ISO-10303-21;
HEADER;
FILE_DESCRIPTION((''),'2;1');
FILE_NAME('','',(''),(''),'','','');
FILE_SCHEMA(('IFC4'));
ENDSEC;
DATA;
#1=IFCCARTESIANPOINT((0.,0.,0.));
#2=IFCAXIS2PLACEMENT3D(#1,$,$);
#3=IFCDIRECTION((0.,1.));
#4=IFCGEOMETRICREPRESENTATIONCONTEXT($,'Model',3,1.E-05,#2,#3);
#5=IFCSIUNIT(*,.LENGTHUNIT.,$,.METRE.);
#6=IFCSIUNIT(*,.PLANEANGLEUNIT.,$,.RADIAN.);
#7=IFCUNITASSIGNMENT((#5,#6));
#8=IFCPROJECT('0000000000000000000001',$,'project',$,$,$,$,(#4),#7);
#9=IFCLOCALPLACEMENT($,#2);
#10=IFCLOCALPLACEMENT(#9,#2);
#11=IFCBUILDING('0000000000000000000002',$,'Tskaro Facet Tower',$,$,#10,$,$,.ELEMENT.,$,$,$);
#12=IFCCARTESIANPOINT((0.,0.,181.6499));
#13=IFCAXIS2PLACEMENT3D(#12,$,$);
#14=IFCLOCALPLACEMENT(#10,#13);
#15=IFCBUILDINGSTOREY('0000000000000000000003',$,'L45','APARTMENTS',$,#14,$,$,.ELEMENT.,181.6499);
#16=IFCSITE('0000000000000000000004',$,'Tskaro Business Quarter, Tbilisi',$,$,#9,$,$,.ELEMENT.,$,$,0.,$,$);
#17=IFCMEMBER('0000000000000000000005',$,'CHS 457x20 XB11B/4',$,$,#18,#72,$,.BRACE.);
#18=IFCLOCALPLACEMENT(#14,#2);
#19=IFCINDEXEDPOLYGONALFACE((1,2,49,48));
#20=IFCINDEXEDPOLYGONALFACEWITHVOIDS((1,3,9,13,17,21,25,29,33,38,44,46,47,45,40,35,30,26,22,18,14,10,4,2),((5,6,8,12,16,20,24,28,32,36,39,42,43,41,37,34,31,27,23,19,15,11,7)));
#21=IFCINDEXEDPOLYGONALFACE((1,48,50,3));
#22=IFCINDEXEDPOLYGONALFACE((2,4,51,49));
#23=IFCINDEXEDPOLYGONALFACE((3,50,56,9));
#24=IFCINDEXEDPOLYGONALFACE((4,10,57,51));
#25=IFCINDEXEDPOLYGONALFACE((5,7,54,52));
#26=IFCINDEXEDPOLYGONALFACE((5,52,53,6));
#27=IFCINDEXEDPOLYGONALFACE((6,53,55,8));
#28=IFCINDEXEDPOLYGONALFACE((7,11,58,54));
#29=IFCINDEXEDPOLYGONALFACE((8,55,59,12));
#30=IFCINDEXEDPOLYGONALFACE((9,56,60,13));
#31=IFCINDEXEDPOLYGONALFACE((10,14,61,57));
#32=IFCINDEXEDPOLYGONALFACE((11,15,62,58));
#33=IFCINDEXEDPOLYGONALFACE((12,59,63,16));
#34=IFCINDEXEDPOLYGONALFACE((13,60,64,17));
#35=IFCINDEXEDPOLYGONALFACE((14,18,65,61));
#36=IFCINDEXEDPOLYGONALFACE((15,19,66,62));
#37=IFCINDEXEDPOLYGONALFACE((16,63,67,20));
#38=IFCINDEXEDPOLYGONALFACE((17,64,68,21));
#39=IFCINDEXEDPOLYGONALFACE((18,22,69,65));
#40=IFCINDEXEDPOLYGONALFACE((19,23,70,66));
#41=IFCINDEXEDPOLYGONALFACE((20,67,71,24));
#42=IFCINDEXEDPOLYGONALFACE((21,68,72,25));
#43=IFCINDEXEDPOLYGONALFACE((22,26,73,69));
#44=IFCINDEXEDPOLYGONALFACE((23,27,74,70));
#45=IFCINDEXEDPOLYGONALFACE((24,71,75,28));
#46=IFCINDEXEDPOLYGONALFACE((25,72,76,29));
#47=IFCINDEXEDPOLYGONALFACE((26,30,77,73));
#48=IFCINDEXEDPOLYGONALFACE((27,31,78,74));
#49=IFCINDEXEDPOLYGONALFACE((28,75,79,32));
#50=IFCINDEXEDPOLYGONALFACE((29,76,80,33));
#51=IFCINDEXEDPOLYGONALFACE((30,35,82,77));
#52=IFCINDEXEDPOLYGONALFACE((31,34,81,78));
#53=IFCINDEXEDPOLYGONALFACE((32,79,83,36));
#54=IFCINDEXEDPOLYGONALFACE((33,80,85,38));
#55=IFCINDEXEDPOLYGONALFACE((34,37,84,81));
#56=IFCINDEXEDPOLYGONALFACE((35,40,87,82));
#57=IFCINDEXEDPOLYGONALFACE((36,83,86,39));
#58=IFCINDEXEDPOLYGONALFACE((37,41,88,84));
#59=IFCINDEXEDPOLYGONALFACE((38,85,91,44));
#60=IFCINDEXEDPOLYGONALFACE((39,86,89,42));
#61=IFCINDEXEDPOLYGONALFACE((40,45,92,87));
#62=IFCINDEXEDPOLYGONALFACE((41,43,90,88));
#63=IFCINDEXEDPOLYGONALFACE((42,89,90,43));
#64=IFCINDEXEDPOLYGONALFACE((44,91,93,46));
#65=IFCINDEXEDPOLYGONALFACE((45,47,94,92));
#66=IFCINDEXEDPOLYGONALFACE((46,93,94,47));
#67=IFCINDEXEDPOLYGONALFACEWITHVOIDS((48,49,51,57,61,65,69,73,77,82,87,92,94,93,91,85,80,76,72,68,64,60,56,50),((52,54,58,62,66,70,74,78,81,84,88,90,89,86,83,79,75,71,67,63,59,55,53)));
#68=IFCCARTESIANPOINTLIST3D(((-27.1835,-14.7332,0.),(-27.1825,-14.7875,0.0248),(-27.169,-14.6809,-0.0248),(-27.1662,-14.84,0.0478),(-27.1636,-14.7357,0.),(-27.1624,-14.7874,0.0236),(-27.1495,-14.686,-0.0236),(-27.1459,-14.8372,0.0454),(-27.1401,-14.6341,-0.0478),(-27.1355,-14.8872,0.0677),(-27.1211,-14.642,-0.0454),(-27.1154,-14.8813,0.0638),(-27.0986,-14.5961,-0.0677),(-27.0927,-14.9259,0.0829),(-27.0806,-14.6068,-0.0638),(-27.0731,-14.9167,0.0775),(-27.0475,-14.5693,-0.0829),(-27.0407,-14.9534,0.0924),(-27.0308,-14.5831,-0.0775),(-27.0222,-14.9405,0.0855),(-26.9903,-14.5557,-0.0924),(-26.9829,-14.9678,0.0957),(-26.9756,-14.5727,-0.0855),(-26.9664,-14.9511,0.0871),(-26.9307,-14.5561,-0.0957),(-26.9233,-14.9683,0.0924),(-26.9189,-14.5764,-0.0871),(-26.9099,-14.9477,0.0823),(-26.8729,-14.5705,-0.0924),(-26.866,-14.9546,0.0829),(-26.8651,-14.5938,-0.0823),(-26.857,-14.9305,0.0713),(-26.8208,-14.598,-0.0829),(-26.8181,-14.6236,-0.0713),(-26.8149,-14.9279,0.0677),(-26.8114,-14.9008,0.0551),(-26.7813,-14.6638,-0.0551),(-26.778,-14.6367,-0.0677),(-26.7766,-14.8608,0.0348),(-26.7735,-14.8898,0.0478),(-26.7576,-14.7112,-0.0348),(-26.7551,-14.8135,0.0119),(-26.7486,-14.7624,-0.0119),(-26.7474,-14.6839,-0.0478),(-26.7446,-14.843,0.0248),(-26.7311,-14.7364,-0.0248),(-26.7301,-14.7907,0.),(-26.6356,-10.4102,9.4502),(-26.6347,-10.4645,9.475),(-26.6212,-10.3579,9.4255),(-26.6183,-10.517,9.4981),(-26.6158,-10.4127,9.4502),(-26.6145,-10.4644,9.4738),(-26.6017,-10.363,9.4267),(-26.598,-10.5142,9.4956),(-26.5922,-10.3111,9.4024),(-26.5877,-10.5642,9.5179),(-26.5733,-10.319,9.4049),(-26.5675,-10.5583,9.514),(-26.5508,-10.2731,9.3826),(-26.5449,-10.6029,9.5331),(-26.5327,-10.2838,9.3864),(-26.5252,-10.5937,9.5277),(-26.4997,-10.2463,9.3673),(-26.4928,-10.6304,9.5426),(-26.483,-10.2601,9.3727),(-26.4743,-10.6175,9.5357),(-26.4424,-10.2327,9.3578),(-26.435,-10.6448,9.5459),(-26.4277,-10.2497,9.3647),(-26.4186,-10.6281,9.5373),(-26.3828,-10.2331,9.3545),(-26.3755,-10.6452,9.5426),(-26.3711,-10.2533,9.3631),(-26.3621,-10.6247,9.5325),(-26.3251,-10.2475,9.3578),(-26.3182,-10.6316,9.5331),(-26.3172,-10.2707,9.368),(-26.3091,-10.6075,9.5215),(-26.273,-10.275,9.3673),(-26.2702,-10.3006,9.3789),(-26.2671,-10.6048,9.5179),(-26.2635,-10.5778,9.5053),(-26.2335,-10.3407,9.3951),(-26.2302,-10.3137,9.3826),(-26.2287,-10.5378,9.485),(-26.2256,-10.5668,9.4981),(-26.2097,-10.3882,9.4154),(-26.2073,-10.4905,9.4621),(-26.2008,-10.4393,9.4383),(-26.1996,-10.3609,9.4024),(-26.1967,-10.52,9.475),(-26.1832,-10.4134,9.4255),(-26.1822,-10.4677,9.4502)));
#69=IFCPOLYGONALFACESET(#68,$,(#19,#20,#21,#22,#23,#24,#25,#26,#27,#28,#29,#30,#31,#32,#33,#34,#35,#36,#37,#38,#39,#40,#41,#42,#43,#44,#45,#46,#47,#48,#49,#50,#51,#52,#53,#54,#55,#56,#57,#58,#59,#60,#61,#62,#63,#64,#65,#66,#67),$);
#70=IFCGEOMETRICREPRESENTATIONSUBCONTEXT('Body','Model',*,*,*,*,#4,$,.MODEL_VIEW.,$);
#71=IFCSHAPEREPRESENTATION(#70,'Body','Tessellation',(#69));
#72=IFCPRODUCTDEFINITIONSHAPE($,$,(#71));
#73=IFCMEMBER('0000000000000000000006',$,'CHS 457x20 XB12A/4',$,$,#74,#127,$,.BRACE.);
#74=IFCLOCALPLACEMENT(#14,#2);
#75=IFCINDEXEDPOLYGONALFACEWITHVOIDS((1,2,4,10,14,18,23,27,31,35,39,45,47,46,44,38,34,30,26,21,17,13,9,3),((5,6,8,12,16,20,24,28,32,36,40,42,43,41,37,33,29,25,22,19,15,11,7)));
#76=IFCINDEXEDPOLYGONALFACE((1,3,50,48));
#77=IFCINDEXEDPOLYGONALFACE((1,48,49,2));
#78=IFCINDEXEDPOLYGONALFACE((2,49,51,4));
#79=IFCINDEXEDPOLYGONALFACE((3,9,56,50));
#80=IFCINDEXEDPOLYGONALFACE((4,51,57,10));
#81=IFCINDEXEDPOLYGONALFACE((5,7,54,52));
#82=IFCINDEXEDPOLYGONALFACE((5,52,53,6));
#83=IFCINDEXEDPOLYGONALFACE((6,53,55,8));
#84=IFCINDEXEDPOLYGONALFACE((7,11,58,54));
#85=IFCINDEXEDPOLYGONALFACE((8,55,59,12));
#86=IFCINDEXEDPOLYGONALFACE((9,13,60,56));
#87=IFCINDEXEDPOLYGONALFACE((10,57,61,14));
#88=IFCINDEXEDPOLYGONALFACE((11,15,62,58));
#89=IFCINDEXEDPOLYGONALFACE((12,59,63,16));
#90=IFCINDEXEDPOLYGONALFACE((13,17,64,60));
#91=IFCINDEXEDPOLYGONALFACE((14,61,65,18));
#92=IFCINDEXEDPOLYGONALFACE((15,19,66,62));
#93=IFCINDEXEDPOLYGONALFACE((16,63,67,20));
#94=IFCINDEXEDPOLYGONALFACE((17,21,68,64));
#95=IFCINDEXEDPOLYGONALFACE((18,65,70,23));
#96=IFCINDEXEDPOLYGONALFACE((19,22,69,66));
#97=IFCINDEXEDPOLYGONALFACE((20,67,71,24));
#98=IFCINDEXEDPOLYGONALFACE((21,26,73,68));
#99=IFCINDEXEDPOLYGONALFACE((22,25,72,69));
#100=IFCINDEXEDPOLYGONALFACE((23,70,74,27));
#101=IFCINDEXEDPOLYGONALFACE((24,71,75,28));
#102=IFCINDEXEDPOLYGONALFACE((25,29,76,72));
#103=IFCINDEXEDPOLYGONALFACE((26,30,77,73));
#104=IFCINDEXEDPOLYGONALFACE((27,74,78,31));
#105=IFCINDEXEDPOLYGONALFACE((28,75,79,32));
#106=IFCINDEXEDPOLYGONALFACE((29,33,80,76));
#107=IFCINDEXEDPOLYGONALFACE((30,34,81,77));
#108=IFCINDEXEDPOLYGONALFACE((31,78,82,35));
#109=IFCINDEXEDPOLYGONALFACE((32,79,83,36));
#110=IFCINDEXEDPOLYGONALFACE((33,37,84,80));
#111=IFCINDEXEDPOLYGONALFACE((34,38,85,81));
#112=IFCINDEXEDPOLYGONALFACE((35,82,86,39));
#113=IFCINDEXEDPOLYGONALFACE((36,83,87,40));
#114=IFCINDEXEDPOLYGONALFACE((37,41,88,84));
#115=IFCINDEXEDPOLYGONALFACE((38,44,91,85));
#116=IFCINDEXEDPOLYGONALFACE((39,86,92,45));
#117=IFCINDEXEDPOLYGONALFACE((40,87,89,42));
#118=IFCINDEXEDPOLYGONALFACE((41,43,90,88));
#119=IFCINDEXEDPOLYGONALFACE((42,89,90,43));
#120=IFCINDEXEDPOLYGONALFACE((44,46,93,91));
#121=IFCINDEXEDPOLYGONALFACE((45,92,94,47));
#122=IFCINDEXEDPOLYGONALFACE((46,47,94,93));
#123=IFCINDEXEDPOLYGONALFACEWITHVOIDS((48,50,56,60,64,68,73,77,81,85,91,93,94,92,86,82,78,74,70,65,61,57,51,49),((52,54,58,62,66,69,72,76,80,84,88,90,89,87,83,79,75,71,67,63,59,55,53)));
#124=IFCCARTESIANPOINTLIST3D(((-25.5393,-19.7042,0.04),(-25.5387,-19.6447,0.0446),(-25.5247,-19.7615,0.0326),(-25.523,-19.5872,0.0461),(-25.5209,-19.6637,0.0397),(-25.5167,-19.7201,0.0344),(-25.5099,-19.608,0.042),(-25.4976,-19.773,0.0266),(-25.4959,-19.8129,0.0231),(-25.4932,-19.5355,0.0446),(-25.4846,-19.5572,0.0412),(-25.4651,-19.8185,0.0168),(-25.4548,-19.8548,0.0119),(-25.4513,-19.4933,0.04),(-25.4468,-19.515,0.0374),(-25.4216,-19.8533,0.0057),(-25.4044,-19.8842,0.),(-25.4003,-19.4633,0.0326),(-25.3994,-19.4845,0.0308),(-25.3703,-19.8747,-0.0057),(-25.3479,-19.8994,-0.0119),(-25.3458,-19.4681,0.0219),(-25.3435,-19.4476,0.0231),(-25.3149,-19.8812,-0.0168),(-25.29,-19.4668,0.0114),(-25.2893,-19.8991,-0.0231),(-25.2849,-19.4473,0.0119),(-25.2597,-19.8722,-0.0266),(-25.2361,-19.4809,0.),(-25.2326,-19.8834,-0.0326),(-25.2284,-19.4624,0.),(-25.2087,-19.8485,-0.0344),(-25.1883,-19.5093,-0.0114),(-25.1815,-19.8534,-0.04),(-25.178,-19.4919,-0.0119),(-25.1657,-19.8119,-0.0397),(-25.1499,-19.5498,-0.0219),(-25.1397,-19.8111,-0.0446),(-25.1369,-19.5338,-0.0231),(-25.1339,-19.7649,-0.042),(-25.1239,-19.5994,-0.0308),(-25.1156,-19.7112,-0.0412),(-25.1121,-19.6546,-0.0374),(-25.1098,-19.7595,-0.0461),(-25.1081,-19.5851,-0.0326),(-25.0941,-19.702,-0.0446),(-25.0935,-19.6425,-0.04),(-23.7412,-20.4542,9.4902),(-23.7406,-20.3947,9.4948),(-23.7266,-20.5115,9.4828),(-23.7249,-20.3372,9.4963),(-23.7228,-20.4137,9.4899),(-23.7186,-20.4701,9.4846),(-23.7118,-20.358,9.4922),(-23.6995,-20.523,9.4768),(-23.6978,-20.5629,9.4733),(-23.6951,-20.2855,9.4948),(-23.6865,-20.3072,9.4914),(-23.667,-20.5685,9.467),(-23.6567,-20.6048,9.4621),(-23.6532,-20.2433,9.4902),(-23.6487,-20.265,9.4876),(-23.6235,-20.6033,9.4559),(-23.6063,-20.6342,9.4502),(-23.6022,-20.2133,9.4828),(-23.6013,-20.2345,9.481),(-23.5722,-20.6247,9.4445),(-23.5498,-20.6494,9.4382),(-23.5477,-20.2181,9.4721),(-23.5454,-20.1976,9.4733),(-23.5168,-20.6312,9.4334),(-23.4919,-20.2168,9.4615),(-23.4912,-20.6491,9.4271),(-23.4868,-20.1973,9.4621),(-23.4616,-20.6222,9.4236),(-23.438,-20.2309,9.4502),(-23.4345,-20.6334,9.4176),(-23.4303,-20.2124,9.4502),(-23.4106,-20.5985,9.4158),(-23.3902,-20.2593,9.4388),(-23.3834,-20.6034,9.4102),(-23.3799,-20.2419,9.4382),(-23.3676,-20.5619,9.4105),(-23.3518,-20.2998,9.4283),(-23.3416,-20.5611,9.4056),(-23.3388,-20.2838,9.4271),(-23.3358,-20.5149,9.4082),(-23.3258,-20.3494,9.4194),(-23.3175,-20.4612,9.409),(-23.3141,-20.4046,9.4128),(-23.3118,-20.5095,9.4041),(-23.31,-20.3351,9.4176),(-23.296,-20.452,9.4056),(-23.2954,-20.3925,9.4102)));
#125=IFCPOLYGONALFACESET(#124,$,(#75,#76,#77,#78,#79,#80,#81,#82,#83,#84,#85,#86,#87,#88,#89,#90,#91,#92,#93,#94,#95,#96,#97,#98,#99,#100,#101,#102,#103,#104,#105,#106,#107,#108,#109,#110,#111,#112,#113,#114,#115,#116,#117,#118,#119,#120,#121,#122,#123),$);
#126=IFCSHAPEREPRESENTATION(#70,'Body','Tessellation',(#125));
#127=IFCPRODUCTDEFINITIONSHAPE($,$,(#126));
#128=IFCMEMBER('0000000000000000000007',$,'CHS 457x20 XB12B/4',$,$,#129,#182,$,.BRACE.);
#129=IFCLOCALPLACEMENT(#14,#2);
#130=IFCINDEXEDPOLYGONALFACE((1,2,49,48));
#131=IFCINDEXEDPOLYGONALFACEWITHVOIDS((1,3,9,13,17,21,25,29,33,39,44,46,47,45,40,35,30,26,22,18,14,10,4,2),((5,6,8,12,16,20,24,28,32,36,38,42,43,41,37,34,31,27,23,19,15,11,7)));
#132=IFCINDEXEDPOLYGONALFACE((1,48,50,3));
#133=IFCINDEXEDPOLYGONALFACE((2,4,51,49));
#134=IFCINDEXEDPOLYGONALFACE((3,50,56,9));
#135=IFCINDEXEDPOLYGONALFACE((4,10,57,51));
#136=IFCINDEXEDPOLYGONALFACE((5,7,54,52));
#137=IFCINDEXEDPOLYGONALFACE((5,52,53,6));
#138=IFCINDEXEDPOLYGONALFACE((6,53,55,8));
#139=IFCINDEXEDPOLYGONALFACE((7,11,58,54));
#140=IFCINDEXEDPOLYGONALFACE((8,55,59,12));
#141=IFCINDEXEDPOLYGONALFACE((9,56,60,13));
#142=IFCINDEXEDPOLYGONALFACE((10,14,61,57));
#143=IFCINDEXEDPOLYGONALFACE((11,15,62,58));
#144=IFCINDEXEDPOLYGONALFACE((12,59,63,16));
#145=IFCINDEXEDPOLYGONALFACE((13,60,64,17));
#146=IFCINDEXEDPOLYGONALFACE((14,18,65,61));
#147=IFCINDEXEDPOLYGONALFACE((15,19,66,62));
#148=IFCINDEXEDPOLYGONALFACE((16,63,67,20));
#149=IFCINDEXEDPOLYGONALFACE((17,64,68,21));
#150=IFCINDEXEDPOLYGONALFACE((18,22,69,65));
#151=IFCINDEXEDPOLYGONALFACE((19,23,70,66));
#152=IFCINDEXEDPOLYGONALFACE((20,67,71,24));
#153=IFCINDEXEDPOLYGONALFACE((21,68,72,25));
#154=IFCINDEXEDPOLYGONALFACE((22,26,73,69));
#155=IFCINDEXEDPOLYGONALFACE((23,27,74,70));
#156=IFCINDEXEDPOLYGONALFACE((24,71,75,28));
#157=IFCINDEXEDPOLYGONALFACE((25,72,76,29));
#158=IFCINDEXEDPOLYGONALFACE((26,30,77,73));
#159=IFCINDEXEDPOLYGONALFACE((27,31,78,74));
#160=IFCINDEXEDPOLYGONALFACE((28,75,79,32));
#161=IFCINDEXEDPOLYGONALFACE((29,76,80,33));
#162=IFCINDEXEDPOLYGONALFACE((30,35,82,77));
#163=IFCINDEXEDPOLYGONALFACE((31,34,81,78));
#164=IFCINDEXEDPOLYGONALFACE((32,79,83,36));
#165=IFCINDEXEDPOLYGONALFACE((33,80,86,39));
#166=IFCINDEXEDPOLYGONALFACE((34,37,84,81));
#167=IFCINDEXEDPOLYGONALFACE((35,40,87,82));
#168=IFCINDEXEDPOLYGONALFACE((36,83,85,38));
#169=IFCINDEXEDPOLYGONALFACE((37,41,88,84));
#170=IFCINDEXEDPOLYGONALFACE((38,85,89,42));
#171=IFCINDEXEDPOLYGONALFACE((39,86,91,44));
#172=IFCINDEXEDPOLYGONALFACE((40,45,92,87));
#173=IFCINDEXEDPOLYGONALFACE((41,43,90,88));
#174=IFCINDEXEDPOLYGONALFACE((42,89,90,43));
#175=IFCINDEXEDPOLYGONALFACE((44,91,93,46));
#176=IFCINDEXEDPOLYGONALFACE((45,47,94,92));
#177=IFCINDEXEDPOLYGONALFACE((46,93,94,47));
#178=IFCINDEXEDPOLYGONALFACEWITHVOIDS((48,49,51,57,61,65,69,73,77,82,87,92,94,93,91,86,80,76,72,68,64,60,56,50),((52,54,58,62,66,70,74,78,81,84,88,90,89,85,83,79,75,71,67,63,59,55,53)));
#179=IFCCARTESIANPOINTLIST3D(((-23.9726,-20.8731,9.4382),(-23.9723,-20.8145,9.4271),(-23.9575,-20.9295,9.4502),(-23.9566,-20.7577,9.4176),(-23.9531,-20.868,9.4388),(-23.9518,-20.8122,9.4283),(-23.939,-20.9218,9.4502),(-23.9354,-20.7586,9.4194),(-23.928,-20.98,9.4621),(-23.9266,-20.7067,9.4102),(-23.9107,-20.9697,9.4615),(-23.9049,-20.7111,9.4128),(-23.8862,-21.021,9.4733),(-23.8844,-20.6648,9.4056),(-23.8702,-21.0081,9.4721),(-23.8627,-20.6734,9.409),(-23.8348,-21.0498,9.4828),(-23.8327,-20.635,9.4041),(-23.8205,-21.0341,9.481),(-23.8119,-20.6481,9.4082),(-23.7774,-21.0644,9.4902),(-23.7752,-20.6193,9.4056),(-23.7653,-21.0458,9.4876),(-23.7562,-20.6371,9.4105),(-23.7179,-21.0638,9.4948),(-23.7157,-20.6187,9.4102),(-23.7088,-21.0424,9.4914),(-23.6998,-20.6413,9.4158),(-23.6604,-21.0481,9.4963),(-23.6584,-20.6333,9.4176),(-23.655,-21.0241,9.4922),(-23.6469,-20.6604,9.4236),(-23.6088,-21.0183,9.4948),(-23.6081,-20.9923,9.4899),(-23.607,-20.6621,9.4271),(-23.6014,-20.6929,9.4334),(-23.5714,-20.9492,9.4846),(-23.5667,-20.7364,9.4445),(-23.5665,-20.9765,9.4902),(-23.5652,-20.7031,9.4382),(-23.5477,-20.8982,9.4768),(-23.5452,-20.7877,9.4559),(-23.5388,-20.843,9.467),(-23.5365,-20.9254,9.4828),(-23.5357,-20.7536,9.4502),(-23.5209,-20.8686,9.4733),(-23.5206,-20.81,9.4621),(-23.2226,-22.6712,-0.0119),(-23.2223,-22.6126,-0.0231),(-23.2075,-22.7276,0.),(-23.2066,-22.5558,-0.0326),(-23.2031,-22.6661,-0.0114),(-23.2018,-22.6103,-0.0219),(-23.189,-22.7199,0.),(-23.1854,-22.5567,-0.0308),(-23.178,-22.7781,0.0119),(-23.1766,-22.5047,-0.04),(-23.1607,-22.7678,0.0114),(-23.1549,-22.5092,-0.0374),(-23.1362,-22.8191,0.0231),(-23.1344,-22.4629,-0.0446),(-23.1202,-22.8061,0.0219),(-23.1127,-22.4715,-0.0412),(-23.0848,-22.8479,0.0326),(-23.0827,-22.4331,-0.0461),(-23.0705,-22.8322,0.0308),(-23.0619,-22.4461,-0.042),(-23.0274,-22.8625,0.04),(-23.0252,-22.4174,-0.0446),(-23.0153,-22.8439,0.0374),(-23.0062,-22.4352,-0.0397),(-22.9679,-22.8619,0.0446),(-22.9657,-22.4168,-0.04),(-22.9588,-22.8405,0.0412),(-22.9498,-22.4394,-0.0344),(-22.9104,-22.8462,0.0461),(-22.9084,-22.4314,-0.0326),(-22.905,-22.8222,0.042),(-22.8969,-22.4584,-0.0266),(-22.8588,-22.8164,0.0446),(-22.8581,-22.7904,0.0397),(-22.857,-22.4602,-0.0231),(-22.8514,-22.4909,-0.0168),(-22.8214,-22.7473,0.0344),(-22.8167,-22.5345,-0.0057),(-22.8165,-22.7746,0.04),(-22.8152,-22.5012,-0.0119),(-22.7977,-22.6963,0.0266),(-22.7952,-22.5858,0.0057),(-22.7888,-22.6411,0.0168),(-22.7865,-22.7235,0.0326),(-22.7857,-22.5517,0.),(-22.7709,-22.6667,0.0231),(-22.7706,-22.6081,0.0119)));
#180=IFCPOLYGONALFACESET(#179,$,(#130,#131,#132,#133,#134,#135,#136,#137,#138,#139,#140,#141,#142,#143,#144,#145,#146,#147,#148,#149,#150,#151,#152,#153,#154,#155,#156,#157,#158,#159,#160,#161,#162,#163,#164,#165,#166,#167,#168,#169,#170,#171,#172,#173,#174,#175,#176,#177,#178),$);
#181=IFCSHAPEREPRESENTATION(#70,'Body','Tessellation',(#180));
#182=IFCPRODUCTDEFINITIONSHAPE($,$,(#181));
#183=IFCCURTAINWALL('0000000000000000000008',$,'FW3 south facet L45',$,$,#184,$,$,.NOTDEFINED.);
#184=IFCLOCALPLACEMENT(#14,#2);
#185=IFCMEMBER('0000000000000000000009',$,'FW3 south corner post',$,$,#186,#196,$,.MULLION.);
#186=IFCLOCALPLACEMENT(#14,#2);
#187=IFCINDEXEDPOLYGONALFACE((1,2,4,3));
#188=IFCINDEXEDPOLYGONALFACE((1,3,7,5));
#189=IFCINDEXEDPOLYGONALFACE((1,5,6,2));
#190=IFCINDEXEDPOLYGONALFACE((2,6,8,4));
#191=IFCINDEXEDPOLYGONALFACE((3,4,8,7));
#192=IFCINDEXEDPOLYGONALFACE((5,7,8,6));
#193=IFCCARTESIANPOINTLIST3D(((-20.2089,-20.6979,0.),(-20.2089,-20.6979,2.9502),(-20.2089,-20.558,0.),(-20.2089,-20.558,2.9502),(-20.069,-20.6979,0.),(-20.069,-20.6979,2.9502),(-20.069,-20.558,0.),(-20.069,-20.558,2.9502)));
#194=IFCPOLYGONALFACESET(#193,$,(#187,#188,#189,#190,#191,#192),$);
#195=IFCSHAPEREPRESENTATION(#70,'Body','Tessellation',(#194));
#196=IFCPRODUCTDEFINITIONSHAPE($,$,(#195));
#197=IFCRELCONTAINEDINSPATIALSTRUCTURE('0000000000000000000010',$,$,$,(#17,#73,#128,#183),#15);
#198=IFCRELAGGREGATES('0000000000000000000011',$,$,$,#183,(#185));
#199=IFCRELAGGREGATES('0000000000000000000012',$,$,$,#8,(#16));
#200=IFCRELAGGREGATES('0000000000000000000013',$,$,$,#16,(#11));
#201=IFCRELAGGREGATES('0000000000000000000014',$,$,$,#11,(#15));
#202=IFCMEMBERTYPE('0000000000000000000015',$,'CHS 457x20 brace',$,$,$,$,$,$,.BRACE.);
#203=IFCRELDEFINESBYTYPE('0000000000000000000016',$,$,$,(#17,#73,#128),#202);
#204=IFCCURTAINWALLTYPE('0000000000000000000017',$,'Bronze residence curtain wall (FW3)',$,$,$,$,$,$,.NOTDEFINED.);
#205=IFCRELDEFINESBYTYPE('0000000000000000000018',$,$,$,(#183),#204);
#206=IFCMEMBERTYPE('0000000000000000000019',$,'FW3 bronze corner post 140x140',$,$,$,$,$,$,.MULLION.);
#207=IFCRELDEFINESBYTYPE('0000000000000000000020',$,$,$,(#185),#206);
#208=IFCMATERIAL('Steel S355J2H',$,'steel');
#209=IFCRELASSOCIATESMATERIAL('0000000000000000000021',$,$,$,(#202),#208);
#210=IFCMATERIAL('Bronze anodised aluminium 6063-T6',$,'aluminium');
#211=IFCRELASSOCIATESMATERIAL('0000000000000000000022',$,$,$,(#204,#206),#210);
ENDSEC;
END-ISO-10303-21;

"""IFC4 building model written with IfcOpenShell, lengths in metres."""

from ifc_helpers import new_model, si_unit, direction, frame, origin, origin_2d, place, context, subcontext, project, spatial, rectangle, hollow_circle, extrude, material, material_profile, profile_set, type_object, element, aggregate, save


model = new_model("IFC4")

# Units and contexts
model_context = context("Model", 3, precision=1e-05, world=origin(), true_north=direction((0.0, 1.0)))
body_context = subcontext(model_context, "Body", "Model", "MODEL_VIEW")
ifc_project = project(units=[si_unit("LENGTHUNIT", "METRE"), si_unit("PLANEANGLEUNIT", "RADIAN")], contexts=[model_context])

# Site, building, storey
site_placement = place(None, origin())
site = spatial("IfcSite", under=ifc_project, at=site_placement, Name="Tskaro Business Quarter, Tbilisi", CompositionType="ELEMENT", RefElevation=0.0)
building_placement = place(site_placement, origin())
building = spatial("IfcBuilding", under=site, at=building_placement, Name="Tskaro Facet Tower", CompositionType="ELEMENT")
storey_placement = place(building_placement, frame((0.0, 0.0, 181.6499)))
storey = spatial("IfcBuildingStorey", under=building, at=storey_placement, Name="L45", Description="APARTMENTS", CompositionType="ELEMENT", Elevation=181.6499)

# Shared definitions
ifc_material_1 = material(Name="Steel S355J2H", Category="steel")

# Members
ifc_material_profile_1 = material_profile(ifc_material_1, hollow_circle(Radius=0.2285, WallThickness=0.02, at=origin_2d()), Name="CHS 457x20")
ifc_profile_set_1 = profile_set([ifc_material_profile_1], Name="Steel S355J2H")
member_type_1 = type_object("IfcMemberType", Name="CHS 457x20 brace", PredefinedType="BRACE", material=ifc_profile_set_1)
member_1_placement = place(storey_placement, frame((-26.9568, -14.762, 0.0), z_axis=(0.052645, 0.415414, 0.908108), x_axis=(-0.992065, 0.125724, 0.0)))
element("IfcMember", 1, at=member_1_placement, inside=storey, type_object=member_type_1, Name="CHS 457x20 XB11B/4", PredefinedType="BRACE", context=body_context, shape_type="SweptSolid", body=[
    extrude(hollow_circle(Radius=0.2285, WallThickness=0.02, at=origin_2d()), origin(), (0.0, 0.0, 1.0), 10.4065),
])
for number, where, z_axis, x_axis, name in (
    (2, (-25.3164, -19.6733, 0.0), (0.186352, -0.077729, 0.979404), (0.384962, 0.922932, 0.0), "CHS 457x20 XB12A/4"),
    (3, (-22.9966, -22.6396, 0.0), (-0.077729, 0.186352, 0.979404), (-0.922932, -0.384962, 0.0), "CHS 457x20 XB12B/4"),
):
    element("IfcMember", number, at=place(storey_placement, frame(where, z_axis=z_axis, x_axis=x_axis)), inside=storey, type_object=member_type_1, Name=name, PredefinedType="BRACE", context=body_context, shape_type="SweptSolid", body=[
        extrude(hollow_circle(Radius=0.2285, WallThickness=0.02, at=origin_2d()), origin(), (0.0, 0.0, 1.0), 9.6489),
    ])

# Curtain wall, member
ifc_material_2 = material(Name="Bronze anodised aluminium 6063-T6", Category="aluminium")
curtain_wall_type = type_object("IfcCurtainWallType", Name="Bronze residence curtain wall (FW3)", PredefinedType="NOTDEFINED", material=ifc_material_2)
curtain_wall_1_placement = place(storey_placement, origin())
curtain_wall_1 = element("IfcCurtainWall", 4, at=curtain_wall_1_placement, inside=storey, type_object=curtain_wall_type, Name="FW3 south facet L45", PredefinedType="NOTDEFINED")
ifc_material_profile_2 = material_profile(ifc_material_2, rectangle(XDim=0.1399, YDim=0.1399, at=origin_2d()), Name="Corner post 140x140")
ifc_profile_set_2 = profile_set([ifc_material_profile_2], Name="Bronze anodised aluminium 6063-T6")
member_type_2 = type_object("IfcMemberType", Name="FW3 bronze corner post 140x140", PredefinedType="MULLION", material=ifc_profile_set_2)
member_2_placement = place(storey_placement, frame((-20.1389, -20.6279, 0.0), z_axis=(0.0, 0.0, 1.0), x_axis=(1.0, 0.0, 0.0)))
member_2 = element("IfcMember", 5, at=member_2_placement, type_object=member_type_2, Name="FW3 south corner post", PredefinedType="MULLION", context=body_context, shape_type="SweptSolid", body=[
    extrude(rectangle(XDim=0.1399, YDim=0.1399, at=origin_2d()), origin(), (0.0, 0.0, 1.0), 2.9502),
])

aggregate(curtain_wall_1, [member_2])

save(model, "model.ifc")
